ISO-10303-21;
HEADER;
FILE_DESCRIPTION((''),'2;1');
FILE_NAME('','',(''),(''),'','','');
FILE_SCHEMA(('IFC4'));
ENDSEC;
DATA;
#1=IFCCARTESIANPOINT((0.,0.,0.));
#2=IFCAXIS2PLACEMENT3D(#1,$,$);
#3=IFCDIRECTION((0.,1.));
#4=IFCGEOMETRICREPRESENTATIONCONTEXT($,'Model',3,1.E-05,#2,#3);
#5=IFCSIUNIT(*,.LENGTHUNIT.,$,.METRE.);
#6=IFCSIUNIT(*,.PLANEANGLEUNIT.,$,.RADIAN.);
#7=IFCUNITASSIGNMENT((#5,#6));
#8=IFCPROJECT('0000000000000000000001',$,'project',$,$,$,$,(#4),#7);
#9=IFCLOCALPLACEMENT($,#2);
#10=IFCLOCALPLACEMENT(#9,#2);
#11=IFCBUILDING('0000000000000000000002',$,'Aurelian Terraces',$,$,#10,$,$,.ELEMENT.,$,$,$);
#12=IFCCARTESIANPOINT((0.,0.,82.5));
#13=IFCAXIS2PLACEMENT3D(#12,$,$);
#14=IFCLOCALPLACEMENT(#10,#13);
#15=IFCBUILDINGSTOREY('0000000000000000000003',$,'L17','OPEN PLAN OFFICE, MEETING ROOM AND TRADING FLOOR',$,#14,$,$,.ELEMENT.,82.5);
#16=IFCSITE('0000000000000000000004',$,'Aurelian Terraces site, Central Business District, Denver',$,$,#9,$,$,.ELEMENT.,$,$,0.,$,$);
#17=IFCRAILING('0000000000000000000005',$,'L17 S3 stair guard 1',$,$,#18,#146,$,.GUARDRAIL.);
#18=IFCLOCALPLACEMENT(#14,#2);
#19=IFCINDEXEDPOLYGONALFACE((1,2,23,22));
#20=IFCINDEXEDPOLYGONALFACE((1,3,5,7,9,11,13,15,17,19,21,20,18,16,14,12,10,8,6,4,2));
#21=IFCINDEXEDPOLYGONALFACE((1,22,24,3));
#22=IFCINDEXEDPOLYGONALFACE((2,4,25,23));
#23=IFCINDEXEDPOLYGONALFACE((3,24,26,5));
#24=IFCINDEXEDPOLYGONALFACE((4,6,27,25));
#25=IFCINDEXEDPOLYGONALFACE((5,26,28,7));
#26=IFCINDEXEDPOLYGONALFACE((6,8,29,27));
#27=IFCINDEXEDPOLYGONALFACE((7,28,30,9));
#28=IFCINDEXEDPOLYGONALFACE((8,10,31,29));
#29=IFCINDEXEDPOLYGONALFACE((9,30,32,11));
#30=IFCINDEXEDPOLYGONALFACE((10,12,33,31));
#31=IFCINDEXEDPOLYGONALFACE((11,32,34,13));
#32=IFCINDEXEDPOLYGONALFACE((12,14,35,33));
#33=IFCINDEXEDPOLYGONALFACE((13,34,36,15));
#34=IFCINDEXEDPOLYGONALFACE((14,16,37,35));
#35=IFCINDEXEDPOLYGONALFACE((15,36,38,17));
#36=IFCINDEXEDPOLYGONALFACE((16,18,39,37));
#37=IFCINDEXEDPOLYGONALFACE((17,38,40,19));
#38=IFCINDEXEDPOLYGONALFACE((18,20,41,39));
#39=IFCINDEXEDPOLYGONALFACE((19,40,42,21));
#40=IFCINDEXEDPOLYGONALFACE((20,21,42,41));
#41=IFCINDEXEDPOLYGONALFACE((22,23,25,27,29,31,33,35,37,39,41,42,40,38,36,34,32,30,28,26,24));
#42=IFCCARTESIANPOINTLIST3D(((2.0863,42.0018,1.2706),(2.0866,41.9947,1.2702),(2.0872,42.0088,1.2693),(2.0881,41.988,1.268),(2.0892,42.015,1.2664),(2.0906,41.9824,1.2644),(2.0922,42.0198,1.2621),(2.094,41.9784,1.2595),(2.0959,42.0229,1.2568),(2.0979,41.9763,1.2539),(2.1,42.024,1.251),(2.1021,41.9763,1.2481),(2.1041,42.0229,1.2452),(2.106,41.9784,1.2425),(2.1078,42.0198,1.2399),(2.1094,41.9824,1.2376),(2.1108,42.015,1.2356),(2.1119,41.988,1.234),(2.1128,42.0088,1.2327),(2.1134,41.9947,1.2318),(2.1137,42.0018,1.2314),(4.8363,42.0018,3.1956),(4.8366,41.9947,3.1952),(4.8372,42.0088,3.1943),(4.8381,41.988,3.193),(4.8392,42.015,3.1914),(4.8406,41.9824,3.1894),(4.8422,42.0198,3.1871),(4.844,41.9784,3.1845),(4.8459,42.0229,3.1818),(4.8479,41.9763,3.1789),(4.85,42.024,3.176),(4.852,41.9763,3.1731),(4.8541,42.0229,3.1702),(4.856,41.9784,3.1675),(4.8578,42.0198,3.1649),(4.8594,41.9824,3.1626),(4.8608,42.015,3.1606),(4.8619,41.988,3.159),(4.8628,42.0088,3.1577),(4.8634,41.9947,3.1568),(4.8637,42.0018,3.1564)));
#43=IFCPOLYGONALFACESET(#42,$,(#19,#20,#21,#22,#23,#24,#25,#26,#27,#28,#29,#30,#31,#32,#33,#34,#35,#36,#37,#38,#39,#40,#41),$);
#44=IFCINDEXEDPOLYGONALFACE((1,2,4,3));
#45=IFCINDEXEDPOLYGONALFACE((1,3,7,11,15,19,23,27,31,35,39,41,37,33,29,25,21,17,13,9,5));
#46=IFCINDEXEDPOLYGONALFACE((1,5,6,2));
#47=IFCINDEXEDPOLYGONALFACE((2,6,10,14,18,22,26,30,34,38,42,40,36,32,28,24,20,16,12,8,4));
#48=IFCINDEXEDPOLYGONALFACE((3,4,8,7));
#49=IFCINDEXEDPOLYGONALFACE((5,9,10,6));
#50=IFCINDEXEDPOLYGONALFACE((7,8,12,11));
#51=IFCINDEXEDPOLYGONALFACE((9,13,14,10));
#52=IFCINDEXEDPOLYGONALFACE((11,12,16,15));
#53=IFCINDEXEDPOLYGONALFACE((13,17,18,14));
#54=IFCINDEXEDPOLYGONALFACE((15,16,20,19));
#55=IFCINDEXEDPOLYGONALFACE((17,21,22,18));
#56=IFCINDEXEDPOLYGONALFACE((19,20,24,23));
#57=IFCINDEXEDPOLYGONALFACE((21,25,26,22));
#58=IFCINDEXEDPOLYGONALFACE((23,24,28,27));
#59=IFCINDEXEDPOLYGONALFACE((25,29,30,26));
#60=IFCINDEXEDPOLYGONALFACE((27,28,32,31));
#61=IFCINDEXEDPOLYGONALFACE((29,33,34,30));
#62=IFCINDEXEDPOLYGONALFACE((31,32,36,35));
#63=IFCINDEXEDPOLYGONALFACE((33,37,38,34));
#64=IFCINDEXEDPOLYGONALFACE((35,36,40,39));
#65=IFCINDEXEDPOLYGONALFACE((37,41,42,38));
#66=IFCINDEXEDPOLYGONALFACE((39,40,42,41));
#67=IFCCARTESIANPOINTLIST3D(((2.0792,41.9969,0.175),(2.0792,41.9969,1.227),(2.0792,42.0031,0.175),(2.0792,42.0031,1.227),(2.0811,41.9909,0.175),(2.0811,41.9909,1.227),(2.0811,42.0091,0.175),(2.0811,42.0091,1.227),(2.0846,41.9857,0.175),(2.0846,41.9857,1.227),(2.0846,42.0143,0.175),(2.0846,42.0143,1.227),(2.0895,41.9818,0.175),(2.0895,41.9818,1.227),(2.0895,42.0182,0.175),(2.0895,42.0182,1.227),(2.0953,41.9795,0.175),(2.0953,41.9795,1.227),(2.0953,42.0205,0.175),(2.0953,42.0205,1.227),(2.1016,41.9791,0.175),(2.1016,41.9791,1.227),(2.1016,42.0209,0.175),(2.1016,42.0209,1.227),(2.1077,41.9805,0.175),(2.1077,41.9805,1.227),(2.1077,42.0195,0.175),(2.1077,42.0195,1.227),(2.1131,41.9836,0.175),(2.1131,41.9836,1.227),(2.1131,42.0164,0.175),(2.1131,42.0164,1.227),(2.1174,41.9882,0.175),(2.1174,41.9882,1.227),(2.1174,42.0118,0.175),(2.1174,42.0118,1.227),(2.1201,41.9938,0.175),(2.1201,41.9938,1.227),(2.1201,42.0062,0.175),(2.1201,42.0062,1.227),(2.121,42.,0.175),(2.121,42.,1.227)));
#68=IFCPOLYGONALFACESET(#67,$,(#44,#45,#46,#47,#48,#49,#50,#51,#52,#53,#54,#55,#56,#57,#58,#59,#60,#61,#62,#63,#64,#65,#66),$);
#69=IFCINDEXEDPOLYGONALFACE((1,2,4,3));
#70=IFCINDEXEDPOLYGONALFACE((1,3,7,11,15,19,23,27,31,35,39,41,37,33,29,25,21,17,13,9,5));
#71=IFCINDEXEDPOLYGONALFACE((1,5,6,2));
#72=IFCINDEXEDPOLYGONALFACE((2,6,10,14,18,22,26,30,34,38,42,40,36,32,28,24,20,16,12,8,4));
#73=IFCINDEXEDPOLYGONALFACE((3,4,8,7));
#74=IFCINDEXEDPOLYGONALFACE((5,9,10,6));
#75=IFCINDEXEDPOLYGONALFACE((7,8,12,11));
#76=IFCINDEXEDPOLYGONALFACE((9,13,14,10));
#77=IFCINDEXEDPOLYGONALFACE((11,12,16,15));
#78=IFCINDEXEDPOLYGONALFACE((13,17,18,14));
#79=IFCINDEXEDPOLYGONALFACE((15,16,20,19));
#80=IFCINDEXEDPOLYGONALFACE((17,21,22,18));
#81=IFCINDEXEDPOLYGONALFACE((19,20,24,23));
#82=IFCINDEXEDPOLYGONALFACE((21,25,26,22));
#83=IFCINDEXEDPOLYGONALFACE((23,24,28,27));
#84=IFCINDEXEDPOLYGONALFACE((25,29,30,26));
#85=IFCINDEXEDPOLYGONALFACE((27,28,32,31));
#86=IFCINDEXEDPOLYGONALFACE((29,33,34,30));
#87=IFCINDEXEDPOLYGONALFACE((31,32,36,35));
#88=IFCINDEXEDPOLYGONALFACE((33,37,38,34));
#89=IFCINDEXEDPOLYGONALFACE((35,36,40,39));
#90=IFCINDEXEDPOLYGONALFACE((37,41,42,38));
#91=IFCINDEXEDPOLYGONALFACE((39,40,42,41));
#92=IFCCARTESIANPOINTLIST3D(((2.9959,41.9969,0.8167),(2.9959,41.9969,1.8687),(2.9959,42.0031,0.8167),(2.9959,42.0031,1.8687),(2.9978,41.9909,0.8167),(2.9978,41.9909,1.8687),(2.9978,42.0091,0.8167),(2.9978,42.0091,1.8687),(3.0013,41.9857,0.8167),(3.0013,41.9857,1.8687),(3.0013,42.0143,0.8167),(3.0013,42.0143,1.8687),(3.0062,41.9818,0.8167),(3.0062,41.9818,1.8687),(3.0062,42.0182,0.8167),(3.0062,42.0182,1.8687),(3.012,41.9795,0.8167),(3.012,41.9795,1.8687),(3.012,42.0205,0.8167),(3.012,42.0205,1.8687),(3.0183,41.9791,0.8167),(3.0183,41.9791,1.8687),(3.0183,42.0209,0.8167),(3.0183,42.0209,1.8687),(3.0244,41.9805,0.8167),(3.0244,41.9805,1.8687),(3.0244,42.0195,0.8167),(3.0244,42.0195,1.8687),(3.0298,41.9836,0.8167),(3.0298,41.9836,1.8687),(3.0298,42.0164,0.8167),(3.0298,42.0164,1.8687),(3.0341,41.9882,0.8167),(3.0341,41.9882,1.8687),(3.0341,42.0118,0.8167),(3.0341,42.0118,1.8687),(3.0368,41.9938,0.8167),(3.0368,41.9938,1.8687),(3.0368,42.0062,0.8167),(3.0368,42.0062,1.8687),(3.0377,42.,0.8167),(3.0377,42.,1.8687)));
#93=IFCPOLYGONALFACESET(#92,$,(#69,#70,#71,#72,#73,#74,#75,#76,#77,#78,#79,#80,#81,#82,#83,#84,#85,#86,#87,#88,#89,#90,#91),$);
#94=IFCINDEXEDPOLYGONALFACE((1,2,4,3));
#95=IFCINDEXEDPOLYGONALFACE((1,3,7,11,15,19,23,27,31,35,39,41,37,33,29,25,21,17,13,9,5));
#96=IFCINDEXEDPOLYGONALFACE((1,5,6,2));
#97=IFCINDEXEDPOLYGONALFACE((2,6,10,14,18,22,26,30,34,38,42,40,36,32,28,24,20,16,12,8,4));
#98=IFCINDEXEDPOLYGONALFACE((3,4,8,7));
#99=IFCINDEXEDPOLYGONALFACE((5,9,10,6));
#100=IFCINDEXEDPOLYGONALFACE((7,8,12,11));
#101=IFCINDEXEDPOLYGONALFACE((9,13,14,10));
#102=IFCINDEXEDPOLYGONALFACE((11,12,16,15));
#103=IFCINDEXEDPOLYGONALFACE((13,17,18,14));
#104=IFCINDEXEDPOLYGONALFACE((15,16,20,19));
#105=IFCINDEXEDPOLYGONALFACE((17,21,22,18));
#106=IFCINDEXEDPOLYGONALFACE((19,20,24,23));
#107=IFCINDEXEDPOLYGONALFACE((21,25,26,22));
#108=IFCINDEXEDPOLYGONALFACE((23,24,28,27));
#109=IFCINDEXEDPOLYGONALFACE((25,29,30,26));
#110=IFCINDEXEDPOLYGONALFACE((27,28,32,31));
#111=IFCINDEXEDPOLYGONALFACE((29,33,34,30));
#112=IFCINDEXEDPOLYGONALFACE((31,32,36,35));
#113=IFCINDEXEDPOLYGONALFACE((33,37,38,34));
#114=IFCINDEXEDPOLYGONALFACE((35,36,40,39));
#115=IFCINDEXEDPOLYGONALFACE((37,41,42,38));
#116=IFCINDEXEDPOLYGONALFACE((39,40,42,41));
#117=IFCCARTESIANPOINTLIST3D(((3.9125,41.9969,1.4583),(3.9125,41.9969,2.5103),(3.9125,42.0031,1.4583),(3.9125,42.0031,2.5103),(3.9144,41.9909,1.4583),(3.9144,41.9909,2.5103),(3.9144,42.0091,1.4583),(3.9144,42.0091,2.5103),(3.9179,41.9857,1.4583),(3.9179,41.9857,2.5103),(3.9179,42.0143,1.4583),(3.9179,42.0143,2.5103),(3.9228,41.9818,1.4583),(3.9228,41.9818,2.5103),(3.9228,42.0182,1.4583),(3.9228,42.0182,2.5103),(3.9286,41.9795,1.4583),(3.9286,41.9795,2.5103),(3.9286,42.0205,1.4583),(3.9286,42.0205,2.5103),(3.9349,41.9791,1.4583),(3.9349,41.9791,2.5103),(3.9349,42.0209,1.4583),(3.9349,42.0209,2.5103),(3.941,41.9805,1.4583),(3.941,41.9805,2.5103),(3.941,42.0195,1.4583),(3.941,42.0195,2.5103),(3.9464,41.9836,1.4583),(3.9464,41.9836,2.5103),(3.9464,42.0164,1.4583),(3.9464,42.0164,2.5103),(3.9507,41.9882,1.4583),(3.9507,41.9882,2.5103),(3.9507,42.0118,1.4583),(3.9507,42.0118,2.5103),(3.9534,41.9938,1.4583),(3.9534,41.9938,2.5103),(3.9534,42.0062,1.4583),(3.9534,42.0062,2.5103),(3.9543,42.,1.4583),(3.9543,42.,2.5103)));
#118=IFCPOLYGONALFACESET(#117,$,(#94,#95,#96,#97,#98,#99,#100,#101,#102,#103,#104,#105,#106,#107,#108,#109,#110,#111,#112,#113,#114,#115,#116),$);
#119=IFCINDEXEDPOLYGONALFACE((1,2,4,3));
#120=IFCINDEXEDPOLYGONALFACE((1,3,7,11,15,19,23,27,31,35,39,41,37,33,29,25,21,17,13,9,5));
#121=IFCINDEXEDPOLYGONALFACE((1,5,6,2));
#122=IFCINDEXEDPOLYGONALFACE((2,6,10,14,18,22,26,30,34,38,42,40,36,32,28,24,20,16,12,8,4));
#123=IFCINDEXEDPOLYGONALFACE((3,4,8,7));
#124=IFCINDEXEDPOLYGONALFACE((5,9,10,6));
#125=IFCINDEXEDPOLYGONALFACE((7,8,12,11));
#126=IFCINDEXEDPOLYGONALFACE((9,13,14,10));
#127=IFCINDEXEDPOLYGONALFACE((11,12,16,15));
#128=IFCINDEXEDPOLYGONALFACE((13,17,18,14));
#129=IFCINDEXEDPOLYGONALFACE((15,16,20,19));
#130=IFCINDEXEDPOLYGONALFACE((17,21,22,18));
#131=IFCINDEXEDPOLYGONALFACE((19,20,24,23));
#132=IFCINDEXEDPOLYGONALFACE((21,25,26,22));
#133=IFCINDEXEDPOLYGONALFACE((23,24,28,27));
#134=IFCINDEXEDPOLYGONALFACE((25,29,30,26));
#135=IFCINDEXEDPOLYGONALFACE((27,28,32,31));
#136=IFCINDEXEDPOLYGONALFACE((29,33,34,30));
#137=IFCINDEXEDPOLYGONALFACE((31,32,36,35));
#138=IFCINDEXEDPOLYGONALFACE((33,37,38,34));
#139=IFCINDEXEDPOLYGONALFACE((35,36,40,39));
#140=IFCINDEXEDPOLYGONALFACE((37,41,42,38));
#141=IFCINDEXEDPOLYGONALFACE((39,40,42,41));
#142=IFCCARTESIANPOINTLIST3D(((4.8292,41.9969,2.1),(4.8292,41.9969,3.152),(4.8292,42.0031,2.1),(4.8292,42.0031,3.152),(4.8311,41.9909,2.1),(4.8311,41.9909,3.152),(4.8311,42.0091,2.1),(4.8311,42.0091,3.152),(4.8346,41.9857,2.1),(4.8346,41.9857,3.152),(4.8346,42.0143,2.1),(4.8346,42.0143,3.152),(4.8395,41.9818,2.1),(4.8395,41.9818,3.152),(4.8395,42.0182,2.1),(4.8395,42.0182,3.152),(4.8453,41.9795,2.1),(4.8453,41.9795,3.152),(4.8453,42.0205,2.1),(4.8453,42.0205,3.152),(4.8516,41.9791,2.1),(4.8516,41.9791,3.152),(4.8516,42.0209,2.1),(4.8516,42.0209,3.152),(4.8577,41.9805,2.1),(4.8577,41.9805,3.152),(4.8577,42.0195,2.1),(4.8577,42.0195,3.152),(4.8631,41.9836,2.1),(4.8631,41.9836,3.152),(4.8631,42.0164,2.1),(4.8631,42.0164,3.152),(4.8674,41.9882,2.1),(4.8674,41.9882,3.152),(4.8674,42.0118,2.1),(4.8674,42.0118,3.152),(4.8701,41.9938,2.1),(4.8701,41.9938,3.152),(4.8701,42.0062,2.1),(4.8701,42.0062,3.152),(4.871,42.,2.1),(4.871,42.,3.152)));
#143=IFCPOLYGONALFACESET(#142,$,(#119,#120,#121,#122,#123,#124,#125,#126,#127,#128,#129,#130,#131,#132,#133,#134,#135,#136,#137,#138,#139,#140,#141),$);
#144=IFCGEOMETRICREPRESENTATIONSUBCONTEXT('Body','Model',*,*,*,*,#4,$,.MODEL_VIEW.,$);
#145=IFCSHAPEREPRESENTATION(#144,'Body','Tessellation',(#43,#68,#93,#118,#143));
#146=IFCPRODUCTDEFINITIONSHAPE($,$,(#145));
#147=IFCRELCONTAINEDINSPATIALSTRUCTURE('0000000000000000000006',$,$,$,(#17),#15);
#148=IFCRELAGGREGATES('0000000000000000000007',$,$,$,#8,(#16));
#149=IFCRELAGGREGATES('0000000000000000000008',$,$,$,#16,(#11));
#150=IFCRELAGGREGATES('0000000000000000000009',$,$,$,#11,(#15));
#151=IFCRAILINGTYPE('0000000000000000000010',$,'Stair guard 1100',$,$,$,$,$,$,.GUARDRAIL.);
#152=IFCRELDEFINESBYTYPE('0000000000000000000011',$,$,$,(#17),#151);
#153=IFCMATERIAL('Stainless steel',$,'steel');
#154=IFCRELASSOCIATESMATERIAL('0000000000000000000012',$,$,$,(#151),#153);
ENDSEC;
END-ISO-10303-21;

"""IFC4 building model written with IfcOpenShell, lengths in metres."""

from ifc_helpers import new_model, si_unit, direction, frame, origin, origin_2d, place, context, subcontext, project, spatial, circle, extrude, source, transform, mapped, material, type_object, element, save


model = new_model("IFC4")

# Units and contexts
model_context = context("Model", 3, precision=1e-05, world=origin(), true_north=direction((0.0, 1.0)))
body_context = subcontext(model_context, "Body", "Model", "MODEL_VIEW")
ifc_project = project(units=[si_unit("LENGTHUNIT", "METRE"), si_unit("PLANEANGLEUNIT", "RADIAN")], contexts=[model_context])

# Site, building, storey
site_placement = place(None, origin())
site = spatial("IfcSite", under=ifc_project, at=site_placement, Name="Aurelian Terraces site, Central Business District, Denver", CompositionType="ELEMENT", RefElevation=0.0)
building_placement = place(site_placement, origin())
building = spatial("IfcBuilding", under=site, at=building_placement, Name="Aurelian Terraces", CompositionType="ELEMENT")
storey_placement = place(building_placement, frame((0.0, 0.0, 82.5)))
storey = spatial("IfcBuildingStorey", under=building, at=storey_placement, Name="L17", Description="OPEN PLAN OFFICE, MEETING ROOM AND TRADING FLOOR", CompositionType="ELEMENT", Elevation=82.5)

# Railing
ifc_material_1 = material(Name="Stainless steel", Category="steel")
railing_type_1 = type_object("IfcRailingType", Name="Stair guard 1100", PredefinedType="GUARDRAIL", material=ifc_material_1)
shared_shape_1 = source(origin(), body_context, "Body", "SweptSolid", [
    extrude(circle(Radius=0.024, at=origin_2d()), frame((0.0, 0.0, 1.076), z_axis=(0.819232, 0.0, 0.573462), x_axis=(0.0, 1.0, 0.0)), (0.0, 0.0, 1.0), 3.3568),
    extrude(circle(Radius=0.021, at=origin_2d()), origin(), (0.0, 0.0, 1.0), 1.052),
    extrude(circle(Radius=0.021, at=origin_2d()), frame((0.9167, 0.0, 0.6417)), (0.0, 0.0, 1.0), 1.052),
    extrude(circle(Radius=0.021, at=origin_2d()), frame((1.8333, 0.0, 1.2833)), (0.0, 0.0, 1.0), 1.052),
    extrude(circle(Radius=0.021, at=origin_2d()), frame((2.75, 0.0, 1.925)), (0.0, 0.0, 1.0), 1.052),
])
railing_1_placement = place(storey_placement, frame((2.1, 42.0, 0.175)))
element("IfcRailing", 1, at=railing_1_placement, inside=storey, type_object=railing_type_1, Name="L17 S3 stair guard 1", PredefinedType="GUARDRAIL", context=body_context, shape_type="MappedRepresentation", body=[
    mapped(shared_shape_1, transform((0.0, 0.0, 0.0), scale=1.0)),
])

save(model, "model.ifc")
